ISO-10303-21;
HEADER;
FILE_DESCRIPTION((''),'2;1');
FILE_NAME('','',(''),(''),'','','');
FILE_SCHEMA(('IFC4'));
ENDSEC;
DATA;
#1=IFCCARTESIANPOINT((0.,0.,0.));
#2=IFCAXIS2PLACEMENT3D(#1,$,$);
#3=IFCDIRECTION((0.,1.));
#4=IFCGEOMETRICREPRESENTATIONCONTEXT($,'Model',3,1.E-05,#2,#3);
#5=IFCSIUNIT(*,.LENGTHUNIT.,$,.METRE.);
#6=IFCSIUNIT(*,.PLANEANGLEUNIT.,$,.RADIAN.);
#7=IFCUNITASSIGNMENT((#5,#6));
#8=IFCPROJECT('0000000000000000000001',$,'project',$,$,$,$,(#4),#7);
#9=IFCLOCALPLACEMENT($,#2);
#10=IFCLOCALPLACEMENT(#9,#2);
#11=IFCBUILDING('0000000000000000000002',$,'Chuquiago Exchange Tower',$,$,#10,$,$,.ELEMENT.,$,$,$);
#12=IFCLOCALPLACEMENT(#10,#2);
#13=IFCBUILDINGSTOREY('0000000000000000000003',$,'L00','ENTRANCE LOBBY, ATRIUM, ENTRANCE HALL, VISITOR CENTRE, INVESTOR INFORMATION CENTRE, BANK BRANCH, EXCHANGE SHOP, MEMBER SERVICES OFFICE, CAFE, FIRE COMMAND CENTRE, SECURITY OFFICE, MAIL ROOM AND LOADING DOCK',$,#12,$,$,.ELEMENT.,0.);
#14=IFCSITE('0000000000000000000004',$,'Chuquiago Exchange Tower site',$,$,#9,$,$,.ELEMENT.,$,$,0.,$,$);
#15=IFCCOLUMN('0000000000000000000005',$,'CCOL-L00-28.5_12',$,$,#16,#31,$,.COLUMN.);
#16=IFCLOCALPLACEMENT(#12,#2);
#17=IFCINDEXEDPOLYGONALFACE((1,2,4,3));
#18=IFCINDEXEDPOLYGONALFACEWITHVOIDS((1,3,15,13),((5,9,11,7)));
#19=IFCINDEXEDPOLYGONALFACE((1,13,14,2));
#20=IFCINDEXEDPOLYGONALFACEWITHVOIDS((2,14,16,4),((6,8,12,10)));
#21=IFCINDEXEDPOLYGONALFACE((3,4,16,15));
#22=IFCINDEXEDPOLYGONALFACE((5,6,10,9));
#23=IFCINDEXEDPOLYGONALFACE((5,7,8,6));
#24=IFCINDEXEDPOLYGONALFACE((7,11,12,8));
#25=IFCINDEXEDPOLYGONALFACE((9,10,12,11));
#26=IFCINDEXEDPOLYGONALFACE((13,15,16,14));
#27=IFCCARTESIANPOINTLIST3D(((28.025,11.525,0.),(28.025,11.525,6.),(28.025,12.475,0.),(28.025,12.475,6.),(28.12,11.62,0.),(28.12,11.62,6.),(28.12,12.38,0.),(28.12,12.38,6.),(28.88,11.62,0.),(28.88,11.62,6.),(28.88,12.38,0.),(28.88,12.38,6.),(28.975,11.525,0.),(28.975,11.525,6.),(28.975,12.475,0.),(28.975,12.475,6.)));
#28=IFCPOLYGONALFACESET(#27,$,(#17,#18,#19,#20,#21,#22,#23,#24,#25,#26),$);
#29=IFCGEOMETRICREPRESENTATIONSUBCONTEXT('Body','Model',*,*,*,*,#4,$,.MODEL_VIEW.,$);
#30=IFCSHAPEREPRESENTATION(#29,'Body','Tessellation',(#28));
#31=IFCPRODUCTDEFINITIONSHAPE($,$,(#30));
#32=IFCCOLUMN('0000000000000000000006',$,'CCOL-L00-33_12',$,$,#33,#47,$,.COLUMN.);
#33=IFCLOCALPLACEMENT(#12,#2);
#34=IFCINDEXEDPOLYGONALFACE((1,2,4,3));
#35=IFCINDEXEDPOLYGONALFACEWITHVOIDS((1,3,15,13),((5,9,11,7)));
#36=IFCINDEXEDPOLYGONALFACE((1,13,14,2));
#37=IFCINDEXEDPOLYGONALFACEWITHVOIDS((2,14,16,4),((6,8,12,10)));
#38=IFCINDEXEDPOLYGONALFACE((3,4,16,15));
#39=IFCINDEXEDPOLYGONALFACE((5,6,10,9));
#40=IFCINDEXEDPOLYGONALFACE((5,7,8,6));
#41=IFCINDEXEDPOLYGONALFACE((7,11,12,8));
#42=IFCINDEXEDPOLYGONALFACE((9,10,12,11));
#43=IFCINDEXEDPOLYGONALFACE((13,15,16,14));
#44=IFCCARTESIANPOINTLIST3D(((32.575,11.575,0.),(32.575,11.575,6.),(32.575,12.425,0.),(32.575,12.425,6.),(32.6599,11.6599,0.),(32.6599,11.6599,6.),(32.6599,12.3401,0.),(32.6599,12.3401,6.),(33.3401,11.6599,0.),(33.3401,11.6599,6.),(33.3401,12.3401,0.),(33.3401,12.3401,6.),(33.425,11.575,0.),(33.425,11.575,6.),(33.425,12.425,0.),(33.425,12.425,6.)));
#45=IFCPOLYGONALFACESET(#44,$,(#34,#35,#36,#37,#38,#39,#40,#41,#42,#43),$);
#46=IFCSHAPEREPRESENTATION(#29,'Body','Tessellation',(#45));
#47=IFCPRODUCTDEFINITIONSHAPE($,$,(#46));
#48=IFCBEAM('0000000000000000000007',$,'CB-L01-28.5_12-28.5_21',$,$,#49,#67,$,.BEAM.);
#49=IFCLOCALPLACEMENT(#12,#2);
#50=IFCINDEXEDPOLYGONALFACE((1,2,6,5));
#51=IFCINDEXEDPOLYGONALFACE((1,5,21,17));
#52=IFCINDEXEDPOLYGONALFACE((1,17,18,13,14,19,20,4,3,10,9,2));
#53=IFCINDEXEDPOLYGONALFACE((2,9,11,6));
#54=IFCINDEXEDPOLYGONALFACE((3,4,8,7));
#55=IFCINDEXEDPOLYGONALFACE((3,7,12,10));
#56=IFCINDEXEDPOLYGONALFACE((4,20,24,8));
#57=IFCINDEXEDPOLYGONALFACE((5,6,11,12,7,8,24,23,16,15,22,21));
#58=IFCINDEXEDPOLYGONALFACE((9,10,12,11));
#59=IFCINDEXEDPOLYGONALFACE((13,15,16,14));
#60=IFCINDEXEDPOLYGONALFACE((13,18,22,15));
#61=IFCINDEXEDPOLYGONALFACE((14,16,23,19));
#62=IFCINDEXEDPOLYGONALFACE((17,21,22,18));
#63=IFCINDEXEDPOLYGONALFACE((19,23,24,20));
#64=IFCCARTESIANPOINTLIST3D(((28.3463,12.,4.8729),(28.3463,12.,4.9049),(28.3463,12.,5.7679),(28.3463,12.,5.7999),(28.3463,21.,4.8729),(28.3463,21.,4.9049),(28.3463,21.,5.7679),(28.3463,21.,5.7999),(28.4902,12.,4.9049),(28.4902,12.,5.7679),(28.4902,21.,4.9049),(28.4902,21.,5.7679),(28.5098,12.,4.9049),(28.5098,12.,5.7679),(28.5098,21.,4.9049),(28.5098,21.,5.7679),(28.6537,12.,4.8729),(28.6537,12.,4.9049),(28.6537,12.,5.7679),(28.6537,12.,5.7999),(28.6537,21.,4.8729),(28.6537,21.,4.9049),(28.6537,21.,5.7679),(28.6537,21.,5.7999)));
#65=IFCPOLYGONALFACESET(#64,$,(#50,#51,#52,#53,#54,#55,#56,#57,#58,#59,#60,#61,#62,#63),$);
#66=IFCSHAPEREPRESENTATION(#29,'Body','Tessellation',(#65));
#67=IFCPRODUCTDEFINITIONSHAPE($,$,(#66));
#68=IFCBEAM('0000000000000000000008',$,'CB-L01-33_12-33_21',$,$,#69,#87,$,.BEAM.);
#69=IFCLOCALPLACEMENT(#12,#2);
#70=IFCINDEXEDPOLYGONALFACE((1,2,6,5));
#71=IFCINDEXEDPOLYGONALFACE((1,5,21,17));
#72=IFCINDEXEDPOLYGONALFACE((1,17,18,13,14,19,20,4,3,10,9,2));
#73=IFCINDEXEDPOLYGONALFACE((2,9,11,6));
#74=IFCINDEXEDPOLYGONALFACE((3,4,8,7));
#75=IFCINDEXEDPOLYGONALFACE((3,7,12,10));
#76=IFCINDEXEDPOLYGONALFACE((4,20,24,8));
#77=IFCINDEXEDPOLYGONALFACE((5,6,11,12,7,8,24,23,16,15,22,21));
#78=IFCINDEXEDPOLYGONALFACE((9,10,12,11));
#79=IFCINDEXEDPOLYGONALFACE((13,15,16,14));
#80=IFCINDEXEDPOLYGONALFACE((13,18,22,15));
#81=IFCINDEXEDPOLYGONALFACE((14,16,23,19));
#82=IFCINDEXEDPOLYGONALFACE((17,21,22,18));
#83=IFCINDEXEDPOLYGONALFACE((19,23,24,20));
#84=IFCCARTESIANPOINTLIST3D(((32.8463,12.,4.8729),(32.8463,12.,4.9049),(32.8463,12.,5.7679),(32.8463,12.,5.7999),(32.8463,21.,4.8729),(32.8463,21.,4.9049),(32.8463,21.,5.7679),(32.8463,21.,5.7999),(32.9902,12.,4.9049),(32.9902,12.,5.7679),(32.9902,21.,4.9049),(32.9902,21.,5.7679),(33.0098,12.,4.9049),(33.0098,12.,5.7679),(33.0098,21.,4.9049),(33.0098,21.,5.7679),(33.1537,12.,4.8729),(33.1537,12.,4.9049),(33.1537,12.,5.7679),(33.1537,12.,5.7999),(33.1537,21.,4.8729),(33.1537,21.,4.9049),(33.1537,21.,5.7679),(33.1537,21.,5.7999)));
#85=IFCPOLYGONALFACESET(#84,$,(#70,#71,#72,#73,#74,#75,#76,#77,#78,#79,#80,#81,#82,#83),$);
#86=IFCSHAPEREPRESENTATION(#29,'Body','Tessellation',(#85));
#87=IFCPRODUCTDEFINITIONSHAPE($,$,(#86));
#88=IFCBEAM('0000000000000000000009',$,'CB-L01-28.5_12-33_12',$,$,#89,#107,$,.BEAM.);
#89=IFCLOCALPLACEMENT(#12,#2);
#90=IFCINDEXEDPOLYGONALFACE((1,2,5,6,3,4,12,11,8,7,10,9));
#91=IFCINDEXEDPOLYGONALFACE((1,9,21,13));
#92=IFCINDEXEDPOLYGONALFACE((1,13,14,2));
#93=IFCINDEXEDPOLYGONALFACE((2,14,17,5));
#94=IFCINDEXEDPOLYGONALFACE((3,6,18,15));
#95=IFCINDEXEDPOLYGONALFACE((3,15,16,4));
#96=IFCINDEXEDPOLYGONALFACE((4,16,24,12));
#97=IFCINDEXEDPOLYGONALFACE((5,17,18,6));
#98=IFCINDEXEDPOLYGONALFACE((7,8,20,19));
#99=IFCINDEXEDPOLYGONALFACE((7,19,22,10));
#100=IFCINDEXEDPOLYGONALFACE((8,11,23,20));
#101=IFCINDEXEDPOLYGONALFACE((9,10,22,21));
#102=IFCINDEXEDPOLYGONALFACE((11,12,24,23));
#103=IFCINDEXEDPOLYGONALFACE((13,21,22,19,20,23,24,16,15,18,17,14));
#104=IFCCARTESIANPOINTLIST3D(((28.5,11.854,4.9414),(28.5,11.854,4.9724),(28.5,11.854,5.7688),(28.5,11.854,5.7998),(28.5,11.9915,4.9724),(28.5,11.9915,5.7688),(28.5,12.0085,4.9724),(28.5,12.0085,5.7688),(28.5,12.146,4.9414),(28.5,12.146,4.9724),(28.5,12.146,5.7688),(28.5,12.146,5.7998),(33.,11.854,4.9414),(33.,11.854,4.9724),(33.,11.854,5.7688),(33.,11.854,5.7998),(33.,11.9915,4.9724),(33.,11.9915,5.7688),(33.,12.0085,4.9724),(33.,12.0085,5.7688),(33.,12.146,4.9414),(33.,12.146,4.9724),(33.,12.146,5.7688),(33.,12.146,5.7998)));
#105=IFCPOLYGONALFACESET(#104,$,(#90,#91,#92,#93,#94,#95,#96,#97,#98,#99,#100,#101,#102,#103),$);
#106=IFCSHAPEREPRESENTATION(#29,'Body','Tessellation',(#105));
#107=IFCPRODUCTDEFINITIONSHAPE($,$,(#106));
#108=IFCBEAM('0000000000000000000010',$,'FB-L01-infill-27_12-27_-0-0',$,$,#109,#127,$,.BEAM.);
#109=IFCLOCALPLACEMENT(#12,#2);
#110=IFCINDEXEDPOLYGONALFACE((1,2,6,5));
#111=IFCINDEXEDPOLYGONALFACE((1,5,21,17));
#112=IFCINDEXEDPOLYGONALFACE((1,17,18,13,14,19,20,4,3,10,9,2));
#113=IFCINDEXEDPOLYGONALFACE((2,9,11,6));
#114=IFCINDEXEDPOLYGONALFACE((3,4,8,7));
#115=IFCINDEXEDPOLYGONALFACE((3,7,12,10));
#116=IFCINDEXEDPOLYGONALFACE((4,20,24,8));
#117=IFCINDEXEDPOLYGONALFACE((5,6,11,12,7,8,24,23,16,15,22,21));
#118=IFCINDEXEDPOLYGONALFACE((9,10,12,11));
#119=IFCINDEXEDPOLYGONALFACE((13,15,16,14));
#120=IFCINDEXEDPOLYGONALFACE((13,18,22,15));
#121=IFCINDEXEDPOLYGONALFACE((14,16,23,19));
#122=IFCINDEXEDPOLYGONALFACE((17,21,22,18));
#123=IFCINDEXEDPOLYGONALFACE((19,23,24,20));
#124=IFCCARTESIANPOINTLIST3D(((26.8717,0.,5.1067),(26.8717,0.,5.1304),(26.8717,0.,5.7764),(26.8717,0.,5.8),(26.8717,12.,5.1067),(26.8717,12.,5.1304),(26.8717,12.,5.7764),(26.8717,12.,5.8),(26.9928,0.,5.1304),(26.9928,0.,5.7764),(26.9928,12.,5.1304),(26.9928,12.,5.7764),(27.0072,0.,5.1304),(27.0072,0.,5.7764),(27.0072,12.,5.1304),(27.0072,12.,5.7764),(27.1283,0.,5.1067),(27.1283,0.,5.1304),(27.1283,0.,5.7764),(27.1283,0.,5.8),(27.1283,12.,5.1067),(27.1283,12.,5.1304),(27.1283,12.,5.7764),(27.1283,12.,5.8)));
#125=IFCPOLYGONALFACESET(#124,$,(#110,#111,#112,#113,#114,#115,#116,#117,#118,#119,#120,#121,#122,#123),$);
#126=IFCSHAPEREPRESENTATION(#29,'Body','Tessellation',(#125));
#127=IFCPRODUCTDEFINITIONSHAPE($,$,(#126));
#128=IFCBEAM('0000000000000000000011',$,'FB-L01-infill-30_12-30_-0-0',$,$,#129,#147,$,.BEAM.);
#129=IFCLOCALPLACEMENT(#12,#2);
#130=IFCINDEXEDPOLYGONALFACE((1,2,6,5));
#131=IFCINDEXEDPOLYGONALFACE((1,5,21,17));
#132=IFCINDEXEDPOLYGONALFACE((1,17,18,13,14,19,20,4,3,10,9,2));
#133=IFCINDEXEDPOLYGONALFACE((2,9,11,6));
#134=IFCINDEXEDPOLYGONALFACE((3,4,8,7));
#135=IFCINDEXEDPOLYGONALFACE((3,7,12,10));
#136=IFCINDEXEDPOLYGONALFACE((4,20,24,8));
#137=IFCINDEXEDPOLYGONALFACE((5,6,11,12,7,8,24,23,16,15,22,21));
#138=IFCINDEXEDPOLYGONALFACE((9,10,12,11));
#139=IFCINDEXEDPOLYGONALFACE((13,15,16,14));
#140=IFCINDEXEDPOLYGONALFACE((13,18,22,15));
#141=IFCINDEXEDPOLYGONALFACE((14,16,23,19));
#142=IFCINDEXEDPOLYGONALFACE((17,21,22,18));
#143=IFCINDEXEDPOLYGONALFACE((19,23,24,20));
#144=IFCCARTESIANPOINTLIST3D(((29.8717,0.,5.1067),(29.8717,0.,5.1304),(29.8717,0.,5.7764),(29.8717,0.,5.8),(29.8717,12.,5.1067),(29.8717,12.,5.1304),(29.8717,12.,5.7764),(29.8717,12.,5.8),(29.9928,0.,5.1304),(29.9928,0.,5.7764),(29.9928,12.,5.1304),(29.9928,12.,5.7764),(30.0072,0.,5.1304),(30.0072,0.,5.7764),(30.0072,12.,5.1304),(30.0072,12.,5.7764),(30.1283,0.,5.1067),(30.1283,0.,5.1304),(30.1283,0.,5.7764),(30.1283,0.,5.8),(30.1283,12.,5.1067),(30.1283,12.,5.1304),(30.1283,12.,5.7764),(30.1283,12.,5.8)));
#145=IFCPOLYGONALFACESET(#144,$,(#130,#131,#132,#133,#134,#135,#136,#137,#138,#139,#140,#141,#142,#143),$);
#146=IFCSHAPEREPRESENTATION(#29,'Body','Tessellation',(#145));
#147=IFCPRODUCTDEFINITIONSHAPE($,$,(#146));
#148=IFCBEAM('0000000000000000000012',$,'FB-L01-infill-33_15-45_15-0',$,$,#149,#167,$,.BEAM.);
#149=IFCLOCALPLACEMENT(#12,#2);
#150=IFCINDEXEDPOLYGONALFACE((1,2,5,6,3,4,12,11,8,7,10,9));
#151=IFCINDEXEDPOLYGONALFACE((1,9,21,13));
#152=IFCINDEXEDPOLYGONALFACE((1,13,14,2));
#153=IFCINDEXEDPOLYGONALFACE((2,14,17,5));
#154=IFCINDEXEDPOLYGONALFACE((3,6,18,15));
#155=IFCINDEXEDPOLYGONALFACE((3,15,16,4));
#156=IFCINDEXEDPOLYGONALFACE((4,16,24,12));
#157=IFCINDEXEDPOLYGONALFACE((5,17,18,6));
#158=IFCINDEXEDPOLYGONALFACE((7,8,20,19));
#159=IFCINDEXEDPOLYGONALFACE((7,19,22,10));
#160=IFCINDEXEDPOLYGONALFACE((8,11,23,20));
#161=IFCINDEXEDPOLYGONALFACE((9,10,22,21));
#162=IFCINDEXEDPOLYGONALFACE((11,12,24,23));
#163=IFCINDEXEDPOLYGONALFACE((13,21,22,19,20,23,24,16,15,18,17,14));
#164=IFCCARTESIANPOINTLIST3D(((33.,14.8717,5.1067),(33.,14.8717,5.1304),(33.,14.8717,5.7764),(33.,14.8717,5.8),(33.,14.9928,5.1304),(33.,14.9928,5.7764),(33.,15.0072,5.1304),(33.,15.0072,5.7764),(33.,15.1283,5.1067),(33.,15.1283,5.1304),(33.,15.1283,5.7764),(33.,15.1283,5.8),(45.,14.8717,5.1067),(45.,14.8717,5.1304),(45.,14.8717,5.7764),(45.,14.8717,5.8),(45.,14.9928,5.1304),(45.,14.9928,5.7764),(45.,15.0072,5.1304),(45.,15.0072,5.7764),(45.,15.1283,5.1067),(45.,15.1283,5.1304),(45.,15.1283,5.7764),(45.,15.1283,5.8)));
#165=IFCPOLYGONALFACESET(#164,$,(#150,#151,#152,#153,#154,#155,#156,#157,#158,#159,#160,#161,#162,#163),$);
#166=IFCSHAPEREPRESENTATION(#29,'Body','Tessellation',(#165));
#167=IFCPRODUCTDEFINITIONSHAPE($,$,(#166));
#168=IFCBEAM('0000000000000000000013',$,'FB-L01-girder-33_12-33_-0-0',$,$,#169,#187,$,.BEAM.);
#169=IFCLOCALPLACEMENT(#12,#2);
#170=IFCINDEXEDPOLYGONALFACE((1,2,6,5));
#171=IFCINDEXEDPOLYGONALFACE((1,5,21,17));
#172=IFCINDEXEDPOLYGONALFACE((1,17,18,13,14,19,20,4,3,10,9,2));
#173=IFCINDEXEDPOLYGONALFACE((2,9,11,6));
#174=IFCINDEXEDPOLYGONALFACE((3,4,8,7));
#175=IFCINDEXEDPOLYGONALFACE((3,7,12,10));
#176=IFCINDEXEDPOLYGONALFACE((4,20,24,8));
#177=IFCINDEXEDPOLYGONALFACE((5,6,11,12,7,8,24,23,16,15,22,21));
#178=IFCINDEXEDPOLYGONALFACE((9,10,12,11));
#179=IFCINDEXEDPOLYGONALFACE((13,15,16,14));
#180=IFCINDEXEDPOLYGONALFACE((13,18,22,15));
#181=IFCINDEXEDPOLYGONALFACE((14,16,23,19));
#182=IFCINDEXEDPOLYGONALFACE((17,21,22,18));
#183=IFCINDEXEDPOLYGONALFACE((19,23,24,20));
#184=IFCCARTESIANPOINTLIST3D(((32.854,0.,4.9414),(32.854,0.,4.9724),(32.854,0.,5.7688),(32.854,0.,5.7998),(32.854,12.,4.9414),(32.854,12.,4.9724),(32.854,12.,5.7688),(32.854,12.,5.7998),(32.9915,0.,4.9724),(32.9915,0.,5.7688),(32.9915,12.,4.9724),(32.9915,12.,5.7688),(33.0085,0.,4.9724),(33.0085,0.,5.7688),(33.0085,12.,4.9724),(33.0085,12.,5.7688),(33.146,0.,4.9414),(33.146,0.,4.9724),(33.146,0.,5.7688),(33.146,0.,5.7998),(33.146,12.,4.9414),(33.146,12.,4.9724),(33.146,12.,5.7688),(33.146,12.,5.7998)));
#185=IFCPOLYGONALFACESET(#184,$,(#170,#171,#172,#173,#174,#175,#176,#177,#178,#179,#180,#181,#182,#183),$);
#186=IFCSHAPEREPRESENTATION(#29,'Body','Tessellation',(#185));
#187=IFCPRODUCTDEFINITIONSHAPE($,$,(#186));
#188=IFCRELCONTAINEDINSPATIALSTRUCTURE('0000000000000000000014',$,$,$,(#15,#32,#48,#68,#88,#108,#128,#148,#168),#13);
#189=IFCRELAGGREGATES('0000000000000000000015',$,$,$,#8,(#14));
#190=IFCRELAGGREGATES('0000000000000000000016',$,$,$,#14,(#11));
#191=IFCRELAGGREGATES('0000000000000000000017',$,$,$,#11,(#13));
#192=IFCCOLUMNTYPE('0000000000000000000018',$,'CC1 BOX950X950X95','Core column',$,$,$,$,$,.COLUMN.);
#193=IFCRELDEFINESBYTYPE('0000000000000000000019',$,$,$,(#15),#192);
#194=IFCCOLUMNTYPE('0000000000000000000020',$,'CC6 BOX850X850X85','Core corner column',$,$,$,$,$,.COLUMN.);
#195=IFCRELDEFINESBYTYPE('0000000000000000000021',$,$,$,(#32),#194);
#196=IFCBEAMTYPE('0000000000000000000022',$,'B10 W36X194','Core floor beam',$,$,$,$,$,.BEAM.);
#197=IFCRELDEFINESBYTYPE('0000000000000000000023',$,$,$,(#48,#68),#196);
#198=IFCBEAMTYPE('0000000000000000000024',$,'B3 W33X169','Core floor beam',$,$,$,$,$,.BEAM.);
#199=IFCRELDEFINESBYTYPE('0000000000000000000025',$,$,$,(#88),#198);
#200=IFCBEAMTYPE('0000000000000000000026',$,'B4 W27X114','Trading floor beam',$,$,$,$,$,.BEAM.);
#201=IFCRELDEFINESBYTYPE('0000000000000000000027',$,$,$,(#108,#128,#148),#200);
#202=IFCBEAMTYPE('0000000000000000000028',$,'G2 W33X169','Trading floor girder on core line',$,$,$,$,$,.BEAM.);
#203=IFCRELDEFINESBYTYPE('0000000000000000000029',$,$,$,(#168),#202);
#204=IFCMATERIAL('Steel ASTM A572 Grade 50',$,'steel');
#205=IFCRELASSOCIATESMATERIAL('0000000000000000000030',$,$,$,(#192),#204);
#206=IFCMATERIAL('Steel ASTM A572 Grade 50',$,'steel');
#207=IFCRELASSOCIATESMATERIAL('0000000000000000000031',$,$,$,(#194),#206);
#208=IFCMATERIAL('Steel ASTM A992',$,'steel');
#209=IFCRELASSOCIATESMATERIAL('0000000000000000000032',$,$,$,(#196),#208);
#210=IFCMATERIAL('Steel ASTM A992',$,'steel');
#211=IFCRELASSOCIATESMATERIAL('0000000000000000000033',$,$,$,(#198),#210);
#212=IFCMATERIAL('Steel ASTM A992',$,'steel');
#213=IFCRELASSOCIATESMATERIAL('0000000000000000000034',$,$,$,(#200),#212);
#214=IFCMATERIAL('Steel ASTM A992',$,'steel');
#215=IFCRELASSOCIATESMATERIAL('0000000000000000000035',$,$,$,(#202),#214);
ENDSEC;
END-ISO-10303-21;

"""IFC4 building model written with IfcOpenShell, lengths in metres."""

from ifc_helpers import new_model, si_unit, direction, frame, origin, origin_2d, place, context, subcontext, project, spatial, hollow_rectangle, i_section, extrude, material, material_profile, profile_set, type_object, element, save


model = new_model("IFC4")

# Units and contexts
model_context = context("Model", 3, precision=1e-05, world=origin(), true_north=direction((0.0, 1.0)))
body_context = subcontext(model_context, "Body", "Model", "MODEL_VIEW")
ifc_project = project(units=[si_unit("LENGTHUNIT", "METRE"), si_unit("PLANEANGLEUNIT", "RADIAN")], contexts=[model_context])

# Site, building, storey
site_placement = place(None, origin())
site = spatial("IfcSite", under=ifc_project, at=site_placement, Name="Chuquiago Exchange Tower site", CompositionType="ELEMENT", RefElevation=0.0)
building_placement = place(site_placement, origin())
building = spatial("IfcBuilding", under=site, at=building_placement, Name="Chuquiago Exchange Tower", CompositionType="ELEMENT")
storey_placement = place(building_placement, origin())
storey = spatial("IfcBuildingStorey", under=building, at=storey_placement, Name="L00", Description="ENTRANCE LOBBY, ATRIUM, ENTRANCE HALL, VISITOR CENTRE, INVESTOR INFORMATION CENTRE, BANK BRANCH, EXCHANGE SHOP, MEMBER SERVICES OFFICE, CAFE, FIRE COMMAND CENTRE, SECURITY OFFICE, MAIL ROOM AND LOADING DOCK", CompositionType="ELEMENT", Elevation=0.0)

# Columns
ifc_material_1 = material(Name="Steel ASTM A572 Grade 50", Category="steel")
ifc_material_profile_1 = material_profile(ifc_material_1, hollow_rectangle(XDim=0.95, YDim=0.95, WallThickness=0.095, at=origin_2d()), Name="BOX950X950X95")
ifc_profile_set_1 = profile_set([ifc_material_profile_1], Name="Steel ASTM A572 Grade 50")
column_type_1 = type_object("IfcColumnType", Name="CC1 BOX950X950X95", Description="Core column", PredefinedType="COLUMN", material=ifc_profile_set_1)
column_1_placement = place(storey_placement, frame((28.5, 12.0, 0.0), z_axis=(0.0, 0.0, 1.0), x_axis=(1.0, 0.0, 0.0)))
element("IfcColumn", 1, at=column_1_placement, inside=storey, type_object=column_type_1, Name="CCOL-L00-28.5_12", PredefinedType="COLUMN", context=body_context, shape_type="SweptSolid", body=[
    extrude(hollow_rectangle(XDim=0.95, YDim=0.95, WallThickness=0.095, at=origin_2d()), origin(), (0.0, 0.0, 1.0), 6.0),
])
ifc_material_2 = material(Name="Steel ASTM A572 Grade 50", Category="steel")
ifc_material_profile_2 = material_profile(ifc_material_2, hollow_rectangle(XDim=0.8501, YDim=0.8501, WallThickness=0.085, at=origin_2d()), Name="BOX850X850X85")
ifc_profile_set_2 = profile_set([ifc_material_profile_2], Name="Steel ASTM A572 Grade 50")
column_type_2 = type_object("IfcColumnType", Name="CC6 BOX850X850X85", Description="Core corner column", PredefinedType="COLUMN", material=ifc_profile_set_2)
column_2_placement = place(storey_placement, frame((33.0, 12.0, 0.0), z_axis=(0.0, 0.0, 1.0), x_axis=(1.0, 0.0, 0.0)))
element("IfcColumn", 2, at=column_2_placement, inside=storey, type_object=column_type_2, Name="CCOL-L00-33_12", PredefinedType="COLUMN", context=body_context, shape_type="SweptSolid", body=[
    extrude(hollow_rectangle(XDim=0.8501, YDim=0.8501, WallThickness=0.085, at=origin_2d()), origin(), (0.0, 0.0, 1.0), 6.0),
])

# Beams
ifc_material_3 = material(Name="Steel ASTM A992", Category="steel")
ifc_material_profile_3 = material_profile(ifc_material_3, i_section(OverallWidth=0.3074, OverallDepth=0.927, WebThickness=0.0195, FlangeThickness=0.032, at=origin_2d()), Name="W36X194")
ifc_profile_set_3 = profile_set([ifc_material_profile_3], Name="Steel ASTM A992")
beam_type_1 = type_object("IfcBeamType", Name="B10 W36X194", Description="Core floor beam", PredefinedType="BEAM", material=ifc_profile_set_3)
for number, where, z_axis, x_axis, name in (
    (3, (28.5, 12.0, 5.3364), (0.0, 1.0, 0.0), (-1.0, 0.0, 0.0), "CB-L01-28.5_12-28.5_21"),
    (4, (33.0, 12.0, 5.3364), (0.0, 1.0, 0.0), (-1.0, 0.0, 0.0), "CB-L01-33_12-33_21"),
):
    element("IfcBeam", number, at=place(storey_placement, frame(where, z_axis=z_axis, x_axis=x_axis)), inside=storey, type_object=beam_type_1, Name=name, PredefinedType="BEAM", context=body_context, shape_type="SweptSolid", body=[
        extrude(i_section(OverallWidth=0.3074, OverallDepth=0.927, WebThickness=0.0195, FlangeThickness=0.032, at=origin_2d()), origin(), (0.0, 0.0, 1.0), 9.0),
    ])
ifc_material_4 = material(Name="Steel ASTM A992", Category="steel")
ifc_material_profile_4 = material_profile(ifc_material_4, i_section(OverallWidth=0.292, OverallDepth=0.8584, WebThickness=0.0171, FlangeThickness=0.031, at=origin_2d()), Name="W33X169")
ifc_profile_set_4 = profile_set([ifc_material_profile_4], Name="Steel ASTM A992")
beam_type_2 = type_object("IfcBeamType", Name="B3 W33X169", Description="Core floor beam", PredefinedType="BEAM", material=ifc_profile_set_4)
beam_placement = place(storey_placement, frame((28.5, 12.0, 5.3706), z_axis=(1.0, 0.0, 0.0), x_axis=(0.0, 1.0, 0.0)))
element("IfcBeam", 5, at=beam_placement, inside=storey, type_object=beam_type_2, Name="CB-L01-28.5_12-33_12", PredefinedType="BEAM", context=body_context, shape_type="SweptSolid", body=[
    extrude(i_section(OverallWidth=0.292, OverallDepth=0.8584, WebThickness=0.0171, FlangeThickness=0.031, at=origin_2d()), origin(), (0.0, 0.0, 1.0), 4.5),
])
ifc_material_5 = material(Name="Steel ASTM A992", Category="steel")
ifc_material_profile_5 = material_profile(ifc_material_5, i_section(OverallWidth=0.2566, OverallDepth=0.6934, WebThickness=0.0144, FlangeThickness=0.0237, at=origin_2d()), Name="W27X114")
ifc_profile_set_5 = profile_set([ifc_material_profile_5], Name="Steel ASTM A992")
beam_type_3 = type_object("IfcBeamType", Name="B4 W27X114", Description="Trading floor beam", PredefinedType="BEAM", material=ifc_profile_set_5)
for number, where, z_axis, x_axis, name in (
    (6, (27.0, 12.0, 5.4534), (0.0, -1.0, 0.0), (1.0, 0.0, 0.0), "FB-L01-infill-27_12-27_-0-0"),
    (7, (30.0, 12.0, 5.4534), (0.0, -1.0, 0.0), (1.0, 0.0, 0.0), "FB-L01-infill-30_12-30_-0-0"),
    (8, (33.0, 15.0, 5.4534), (1.0, 0.0, 0.0), (0.0, 1.0, 0.0), "FB-L01-infill-33_15-45_15-0"),
):
    element("IfcBeam", number, at=place(storey_placement, frame(where, z_axis=z_axis, x_axis=x_axis)), inside=storey, type_object=beam_type_3, Name=name, PredefinedType="BEAM", context=body_context, shape_type="SweptSolid", body=[
        extrude(i_section(OverallWidth=0.2566, OverallDepth=0.6934, WebThickness=0.0144, FlangeThickness=0.0237, at=origin_2d()), origin(), (0.0, 0.0, 1.0), 12.0),
    ])
ifc_material_6 = material(Name="Steel ASTM A992", Category="steel")
ifc_material_profile_6 = material_profile(ifc_material_6, i_section(OverallWidth=0.292, OverallDepth=0.8584, WebThickness=0.0171, FlangeThickness=0.031, at=origin_2d()), Name="W33X169")
ifc_profile_set_6 = profile_set([ifc_material_profile_6], Name="Steel ASTM A992")
beam_type_4 = type_object("IfcBeamType", Name="G2 W33X169", Description="Trading floor girder on core line", PredefinedType="BEAM", material=ifc_profile_set_6)
for number, where, z_axis, x_axis, name in (
    (9, (33.0, 12.0, 5.3706), (0.0, -1.0, 0.0), (1.0, 0.0, 0.0), "FB-L01-girder-33_12-33_-0-0"),
):
    element("IfcBeam", number, at=place(storey_placement, frame(where, z_axis=z_axis, x_axis=x_axis)), inside=storey, type_object=beam_type_4, Name=name, PredefinedType="BEAM", context=body_context, shape_type="SweptSolid", body=[
        extrude(i_section(OverallWidth=0.292, OverallDepth=0.8584, WebThickness=0.0171, FlangeThickness=0.031, at=origin_2d()), origin(), (0.0, 0.0, 1.0), 12.0),
    ])

save(model, "model.ifc")
